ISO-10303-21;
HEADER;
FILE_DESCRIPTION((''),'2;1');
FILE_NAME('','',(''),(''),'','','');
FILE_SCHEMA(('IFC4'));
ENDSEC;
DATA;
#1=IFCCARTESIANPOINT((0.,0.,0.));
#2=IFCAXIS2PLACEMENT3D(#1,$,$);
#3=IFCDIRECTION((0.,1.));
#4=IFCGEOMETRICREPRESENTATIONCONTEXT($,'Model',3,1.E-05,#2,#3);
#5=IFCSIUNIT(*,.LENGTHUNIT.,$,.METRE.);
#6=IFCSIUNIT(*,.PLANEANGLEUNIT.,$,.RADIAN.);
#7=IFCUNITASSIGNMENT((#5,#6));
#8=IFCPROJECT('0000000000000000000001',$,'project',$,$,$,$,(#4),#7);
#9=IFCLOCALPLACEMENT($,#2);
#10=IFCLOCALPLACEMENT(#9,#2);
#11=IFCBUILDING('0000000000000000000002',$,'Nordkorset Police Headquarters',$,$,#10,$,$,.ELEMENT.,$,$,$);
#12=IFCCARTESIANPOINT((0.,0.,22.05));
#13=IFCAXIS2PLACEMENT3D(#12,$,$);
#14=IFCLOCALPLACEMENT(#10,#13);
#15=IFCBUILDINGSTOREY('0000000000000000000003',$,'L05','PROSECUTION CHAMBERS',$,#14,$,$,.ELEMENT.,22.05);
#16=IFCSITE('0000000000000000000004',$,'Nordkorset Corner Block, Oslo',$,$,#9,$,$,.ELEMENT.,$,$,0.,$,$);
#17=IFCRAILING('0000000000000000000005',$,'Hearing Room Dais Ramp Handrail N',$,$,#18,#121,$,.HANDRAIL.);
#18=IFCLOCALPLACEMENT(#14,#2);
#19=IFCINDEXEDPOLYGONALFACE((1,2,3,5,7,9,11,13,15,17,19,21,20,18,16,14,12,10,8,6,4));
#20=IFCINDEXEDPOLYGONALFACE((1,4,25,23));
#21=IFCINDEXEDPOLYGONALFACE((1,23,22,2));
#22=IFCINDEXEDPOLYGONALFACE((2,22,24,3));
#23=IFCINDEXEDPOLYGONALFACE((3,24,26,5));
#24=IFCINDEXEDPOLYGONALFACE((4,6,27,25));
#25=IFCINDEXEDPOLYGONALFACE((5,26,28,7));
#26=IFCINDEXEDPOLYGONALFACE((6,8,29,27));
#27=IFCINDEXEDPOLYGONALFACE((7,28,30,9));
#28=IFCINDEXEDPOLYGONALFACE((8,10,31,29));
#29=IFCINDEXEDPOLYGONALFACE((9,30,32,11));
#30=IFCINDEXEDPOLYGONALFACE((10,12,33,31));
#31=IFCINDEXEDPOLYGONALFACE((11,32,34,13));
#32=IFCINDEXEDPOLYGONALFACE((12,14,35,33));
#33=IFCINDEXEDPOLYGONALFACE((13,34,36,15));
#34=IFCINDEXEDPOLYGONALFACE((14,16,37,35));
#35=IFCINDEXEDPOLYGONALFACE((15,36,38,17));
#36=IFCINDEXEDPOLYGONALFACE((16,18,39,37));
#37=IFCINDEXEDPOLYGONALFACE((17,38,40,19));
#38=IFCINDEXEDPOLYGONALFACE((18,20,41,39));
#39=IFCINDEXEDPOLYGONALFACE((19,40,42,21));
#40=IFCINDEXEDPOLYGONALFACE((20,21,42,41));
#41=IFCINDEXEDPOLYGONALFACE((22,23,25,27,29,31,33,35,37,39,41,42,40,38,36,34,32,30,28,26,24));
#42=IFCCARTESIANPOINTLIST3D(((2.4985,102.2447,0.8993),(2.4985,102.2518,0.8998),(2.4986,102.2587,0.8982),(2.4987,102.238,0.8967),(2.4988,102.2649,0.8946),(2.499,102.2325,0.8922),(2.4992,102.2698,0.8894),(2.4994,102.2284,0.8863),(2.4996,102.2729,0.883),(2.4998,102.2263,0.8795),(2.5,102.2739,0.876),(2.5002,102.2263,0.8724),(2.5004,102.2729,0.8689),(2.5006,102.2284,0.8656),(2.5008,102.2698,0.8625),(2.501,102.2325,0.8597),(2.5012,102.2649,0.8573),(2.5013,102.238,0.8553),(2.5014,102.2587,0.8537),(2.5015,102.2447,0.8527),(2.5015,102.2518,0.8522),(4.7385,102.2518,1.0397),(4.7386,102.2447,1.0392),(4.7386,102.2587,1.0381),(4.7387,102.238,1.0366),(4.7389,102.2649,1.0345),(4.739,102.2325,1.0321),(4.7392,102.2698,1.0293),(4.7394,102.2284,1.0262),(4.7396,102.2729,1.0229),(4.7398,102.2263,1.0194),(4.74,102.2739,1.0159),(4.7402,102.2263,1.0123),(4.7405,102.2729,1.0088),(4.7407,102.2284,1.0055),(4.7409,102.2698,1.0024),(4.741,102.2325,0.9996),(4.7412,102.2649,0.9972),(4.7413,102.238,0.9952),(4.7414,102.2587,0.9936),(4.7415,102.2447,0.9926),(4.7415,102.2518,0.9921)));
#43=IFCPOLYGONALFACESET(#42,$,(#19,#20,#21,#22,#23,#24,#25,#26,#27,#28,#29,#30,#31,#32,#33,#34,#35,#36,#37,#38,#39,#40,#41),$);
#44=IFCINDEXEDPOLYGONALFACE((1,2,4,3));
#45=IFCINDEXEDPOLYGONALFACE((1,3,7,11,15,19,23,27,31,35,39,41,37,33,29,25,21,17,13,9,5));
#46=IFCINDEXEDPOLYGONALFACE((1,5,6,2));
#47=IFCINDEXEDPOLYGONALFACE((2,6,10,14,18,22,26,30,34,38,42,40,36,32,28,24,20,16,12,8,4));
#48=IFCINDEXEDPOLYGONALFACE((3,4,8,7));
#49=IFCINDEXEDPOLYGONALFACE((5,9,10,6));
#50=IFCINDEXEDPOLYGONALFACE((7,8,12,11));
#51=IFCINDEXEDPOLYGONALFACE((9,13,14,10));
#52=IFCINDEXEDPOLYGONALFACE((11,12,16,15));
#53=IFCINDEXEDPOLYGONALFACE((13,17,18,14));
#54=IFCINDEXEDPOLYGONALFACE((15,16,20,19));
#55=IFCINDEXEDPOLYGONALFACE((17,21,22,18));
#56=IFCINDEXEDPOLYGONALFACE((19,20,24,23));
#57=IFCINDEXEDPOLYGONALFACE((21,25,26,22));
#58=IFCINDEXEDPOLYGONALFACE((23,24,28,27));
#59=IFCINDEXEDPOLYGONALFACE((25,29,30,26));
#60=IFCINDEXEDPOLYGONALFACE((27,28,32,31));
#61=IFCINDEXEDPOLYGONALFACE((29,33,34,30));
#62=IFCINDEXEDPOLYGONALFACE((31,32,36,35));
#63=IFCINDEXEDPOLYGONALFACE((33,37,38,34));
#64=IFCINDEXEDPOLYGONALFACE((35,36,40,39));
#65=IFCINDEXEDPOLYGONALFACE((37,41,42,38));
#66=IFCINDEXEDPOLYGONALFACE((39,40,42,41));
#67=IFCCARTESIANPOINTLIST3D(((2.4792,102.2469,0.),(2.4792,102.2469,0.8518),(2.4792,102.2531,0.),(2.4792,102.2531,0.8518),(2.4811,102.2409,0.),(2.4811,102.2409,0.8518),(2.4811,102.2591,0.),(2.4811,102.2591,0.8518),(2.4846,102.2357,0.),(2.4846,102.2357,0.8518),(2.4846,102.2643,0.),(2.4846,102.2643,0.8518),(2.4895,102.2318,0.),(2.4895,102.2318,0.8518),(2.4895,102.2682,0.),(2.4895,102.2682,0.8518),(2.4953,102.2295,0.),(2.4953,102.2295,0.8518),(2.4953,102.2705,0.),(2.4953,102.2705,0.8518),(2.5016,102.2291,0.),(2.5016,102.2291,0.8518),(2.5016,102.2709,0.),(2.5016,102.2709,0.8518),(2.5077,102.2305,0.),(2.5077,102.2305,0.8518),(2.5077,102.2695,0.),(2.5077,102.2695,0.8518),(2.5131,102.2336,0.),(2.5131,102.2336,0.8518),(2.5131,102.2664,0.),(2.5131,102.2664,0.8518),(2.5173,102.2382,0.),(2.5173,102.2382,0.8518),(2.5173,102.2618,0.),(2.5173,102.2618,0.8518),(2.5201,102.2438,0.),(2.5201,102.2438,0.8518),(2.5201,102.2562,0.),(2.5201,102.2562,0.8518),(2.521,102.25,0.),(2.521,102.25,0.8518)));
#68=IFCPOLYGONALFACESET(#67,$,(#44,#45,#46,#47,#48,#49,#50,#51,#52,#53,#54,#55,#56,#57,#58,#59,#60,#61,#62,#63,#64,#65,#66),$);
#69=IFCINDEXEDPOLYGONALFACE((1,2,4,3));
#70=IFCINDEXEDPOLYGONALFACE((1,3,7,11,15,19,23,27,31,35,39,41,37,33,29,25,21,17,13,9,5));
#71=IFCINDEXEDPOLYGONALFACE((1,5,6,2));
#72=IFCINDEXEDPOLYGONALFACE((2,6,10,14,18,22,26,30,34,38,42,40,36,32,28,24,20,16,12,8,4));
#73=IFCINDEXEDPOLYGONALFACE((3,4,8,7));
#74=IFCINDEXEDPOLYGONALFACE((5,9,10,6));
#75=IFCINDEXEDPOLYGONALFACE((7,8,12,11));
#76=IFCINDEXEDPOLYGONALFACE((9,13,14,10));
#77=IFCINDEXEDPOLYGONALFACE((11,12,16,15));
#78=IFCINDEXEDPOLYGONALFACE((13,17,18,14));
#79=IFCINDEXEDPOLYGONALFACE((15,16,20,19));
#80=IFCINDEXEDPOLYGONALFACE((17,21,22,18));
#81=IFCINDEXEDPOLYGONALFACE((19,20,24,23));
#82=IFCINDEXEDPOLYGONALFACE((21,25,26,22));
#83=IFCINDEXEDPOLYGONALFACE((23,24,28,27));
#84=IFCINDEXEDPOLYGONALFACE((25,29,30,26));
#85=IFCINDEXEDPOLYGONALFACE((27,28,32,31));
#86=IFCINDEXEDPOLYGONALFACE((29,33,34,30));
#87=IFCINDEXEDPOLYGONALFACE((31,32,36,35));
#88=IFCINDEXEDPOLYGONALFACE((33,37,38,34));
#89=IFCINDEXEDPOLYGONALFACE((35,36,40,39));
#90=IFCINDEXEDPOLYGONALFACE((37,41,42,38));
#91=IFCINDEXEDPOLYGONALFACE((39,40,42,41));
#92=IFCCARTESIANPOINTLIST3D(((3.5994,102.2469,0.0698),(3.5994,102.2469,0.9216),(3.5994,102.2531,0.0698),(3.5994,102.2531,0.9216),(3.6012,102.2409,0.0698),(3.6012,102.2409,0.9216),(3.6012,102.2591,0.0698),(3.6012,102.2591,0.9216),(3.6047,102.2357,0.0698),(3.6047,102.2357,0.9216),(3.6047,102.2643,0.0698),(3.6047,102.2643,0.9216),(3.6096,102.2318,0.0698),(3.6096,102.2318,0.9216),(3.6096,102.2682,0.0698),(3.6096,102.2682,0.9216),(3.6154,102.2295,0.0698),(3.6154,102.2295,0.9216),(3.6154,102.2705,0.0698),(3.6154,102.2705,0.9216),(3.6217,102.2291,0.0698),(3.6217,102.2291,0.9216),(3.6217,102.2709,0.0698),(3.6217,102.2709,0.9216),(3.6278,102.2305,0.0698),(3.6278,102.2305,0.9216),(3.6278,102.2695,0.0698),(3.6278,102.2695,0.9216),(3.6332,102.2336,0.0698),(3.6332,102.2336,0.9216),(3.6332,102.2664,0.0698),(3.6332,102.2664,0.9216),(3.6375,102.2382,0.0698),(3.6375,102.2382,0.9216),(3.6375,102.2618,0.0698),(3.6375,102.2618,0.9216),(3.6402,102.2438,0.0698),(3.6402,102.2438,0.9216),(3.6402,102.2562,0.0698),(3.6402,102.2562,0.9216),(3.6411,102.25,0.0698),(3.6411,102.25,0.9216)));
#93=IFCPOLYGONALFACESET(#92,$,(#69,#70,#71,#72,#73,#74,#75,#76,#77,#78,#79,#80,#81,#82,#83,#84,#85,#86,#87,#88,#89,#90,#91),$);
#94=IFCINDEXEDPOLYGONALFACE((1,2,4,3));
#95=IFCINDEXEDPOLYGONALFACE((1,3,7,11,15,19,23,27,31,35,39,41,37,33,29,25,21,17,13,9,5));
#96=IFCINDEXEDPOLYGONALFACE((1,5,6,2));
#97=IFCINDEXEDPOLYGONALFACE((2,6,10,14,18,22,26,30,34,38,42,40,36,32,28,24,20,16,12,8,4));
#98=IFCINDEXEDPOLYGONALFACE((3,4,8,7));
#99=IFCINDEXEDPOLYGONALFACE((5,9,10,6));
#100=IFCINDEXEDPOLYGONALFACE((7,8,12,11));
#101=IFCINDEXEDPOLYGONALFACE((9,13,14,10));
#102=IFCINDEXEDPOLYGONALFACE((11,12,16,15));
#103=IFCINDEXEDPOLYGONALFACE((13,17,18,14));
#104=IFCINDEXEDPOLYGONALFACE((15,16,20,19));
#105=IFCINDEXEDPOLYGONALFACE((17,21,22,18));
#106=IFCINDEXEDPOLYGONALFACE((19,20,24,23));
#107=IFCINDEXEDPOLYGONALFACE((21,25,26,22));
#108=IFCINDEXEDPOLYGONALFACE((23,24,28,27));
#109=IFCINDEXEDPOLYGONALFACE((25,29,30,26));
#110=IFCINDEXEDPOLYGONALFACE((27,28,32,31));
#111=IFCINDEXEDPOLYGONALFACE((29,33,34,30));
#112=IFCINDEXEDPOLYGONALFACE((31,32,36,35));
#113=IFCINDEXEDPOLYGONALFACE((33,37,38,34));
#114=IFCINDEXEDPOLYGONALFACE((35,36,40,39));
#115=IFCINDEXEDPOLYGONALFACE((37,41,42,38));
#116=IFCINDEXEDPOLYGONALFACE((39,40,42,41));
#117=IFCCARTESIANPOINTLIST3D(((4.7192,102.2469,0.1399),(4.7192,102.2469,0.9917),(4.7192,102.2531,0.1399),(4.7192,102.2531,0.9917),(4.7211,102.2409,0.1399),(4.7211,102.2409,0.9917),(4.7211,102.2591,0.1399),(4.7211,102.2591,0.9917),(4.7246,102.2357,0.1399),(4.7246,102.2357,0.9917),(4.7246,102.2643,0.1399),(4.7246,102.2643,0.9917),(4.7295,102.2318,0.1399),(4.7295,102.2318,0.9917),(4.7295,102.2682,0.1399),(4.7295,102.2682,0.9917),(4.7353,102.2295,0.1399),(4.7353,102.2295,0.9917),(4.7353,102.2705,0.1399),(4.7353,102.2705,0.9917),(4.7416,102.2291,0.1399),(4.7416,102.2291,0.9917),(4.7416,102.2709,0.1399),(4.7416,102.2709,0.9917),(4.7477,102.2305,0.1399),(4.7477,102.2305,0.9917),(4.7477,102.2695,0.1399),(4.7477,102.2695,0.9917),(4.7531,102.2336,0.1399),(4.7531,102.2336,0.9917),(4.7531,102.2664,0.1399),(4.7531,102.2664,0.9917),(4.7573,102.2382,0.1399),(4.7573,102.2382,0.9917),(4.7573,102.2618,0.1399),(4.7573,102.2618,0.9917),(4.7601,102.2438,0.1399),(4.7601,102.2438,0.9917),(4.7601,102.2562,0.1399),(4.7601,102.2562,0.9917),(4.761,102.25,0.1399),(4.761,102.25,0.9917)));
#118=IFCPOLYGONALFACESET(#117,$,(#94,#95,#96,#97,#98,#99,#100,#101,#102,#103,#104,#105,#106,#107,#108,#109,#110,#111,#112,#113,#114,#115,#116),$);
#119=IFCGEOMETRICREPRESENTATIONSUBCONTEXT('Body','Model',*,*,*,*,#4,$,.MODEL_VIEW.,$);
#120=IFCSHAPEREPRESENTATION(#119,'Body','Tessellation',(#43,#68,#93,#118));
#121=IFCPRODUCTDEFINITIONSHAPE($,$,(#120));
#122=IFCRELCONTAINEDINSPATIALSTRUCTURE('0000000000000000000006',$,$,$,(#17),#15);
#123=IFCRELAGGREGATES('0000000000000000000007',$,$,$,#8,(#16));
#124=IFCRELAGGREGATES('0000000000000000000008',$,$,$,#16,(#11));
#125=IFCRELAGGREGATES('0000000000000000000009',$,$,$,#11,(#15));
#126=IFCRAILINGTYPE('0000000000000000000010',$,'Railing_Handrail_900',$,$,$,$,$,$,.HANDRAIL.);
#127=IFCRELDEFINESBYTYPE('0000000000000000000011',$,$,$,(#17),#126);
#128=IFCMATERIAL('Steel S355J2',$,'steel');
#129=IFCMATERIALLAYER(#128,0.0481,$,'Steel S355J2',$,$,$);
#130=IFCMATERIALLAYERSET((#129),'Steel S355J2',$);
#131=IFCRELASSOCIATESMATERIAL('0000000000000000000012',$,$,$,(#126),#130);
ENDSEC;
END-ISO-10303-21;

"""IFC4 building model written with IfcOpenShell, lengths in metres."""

from ifc_helpers import new_model, si_unit, direction, frame, origin, origin_2d, place, context, subcontext, project, spatial, circle, extrude, material, layer, layer_set, type_object, element, save


model = new_model("IFC4")

# Units and contexts
model_context = context("Model", 3, precision=1e-05, world=origin(), true_north=direction((0.0, 1.0)))
body_context = subcontext(model_context, "Body", "Model", "MODEL_VIEW")
ifc_project = project(units=[si_unit("LENGTHUNIT", "METRE"), si_unit("PLANEANGLEUNIT", "RADIAN")], contexts=[model_context])

# Site, building, storey
site_placement = place(None, origin())
site = spatial("IfcSite", under=ifc_project, at=site_placement, Name="Nordkorset Corner Block, Oslo", CompositionType="ELEMENT", RefElevation=0.0)
building_placement = place(site_placement, origin())
building = spatial("IfcBuilding", under=site, at=building_placement, Name="Nordkorset Police Headquarters", CompositionType="ELEMENT")
storey_placement = place(building_placement, frame((0.0, 0.0, 22.05)))
storey = spatial("IfcBuildingStorey", under=building, at=storey_placement, Name="L05", Description="PROSECUTION CHAMBERS", CompositionType="ELEMENT", Elevation=22.05)

# Railing
ifc_material_1 = material(Name="Steel S355J2", Category="steel")
ifc_layer_1 = layer(ifc_material_1, 0.0481, Name="Steel S355J2")
ifc_layer_set_1 = layer_set([ifc_layer_1], Name="Steel S355J2")
railing_type = type_object("IfcRailingType", Name="Railing_Handrail_900", PredefinedType="HANDRAIL", material=ifc_layer_set_1)
for number, where, name in (
    (1, (2.5, 102.25, 0.0), "Hearing Room Dais Ramp Handrail N"),
):
    element("IfcRailing", number, at=place(storey_placement, frame(where)), inside=storey, type_object=railing_type, Name=name, PredefinedType="HANDRAIL", context=body_context, shape_type="SweptSolid", body=[
        extrude(circle(Radius=0.0239, at=origin_2d()), frame((0.0, 0.0, 0.876), z_axis=(0.998056, 0.0, 0.062331), x_axis=(0.0, 1.0, 0.0)), (0.0, 0.0, 1.0), 2.2444),
        extrude(circle(Radius=0.021, at=origin_2d()), origin(), (0.0, 0.0, 1.0), 0.8518),
        extrude(circle(Radius=0.021, at=origin_2d()), frame((1.1201, 0.0, 0.0698)), (0.0, 0.0, 1.0), 0.8518),
        extrude(circle(Radius=0.021, at=origin_2d()), frame((2.24, 0.0, 0.1399)), (0.0, 0.0, 1.0), 0.8518),
    ])

save(model, "model.ifc")
